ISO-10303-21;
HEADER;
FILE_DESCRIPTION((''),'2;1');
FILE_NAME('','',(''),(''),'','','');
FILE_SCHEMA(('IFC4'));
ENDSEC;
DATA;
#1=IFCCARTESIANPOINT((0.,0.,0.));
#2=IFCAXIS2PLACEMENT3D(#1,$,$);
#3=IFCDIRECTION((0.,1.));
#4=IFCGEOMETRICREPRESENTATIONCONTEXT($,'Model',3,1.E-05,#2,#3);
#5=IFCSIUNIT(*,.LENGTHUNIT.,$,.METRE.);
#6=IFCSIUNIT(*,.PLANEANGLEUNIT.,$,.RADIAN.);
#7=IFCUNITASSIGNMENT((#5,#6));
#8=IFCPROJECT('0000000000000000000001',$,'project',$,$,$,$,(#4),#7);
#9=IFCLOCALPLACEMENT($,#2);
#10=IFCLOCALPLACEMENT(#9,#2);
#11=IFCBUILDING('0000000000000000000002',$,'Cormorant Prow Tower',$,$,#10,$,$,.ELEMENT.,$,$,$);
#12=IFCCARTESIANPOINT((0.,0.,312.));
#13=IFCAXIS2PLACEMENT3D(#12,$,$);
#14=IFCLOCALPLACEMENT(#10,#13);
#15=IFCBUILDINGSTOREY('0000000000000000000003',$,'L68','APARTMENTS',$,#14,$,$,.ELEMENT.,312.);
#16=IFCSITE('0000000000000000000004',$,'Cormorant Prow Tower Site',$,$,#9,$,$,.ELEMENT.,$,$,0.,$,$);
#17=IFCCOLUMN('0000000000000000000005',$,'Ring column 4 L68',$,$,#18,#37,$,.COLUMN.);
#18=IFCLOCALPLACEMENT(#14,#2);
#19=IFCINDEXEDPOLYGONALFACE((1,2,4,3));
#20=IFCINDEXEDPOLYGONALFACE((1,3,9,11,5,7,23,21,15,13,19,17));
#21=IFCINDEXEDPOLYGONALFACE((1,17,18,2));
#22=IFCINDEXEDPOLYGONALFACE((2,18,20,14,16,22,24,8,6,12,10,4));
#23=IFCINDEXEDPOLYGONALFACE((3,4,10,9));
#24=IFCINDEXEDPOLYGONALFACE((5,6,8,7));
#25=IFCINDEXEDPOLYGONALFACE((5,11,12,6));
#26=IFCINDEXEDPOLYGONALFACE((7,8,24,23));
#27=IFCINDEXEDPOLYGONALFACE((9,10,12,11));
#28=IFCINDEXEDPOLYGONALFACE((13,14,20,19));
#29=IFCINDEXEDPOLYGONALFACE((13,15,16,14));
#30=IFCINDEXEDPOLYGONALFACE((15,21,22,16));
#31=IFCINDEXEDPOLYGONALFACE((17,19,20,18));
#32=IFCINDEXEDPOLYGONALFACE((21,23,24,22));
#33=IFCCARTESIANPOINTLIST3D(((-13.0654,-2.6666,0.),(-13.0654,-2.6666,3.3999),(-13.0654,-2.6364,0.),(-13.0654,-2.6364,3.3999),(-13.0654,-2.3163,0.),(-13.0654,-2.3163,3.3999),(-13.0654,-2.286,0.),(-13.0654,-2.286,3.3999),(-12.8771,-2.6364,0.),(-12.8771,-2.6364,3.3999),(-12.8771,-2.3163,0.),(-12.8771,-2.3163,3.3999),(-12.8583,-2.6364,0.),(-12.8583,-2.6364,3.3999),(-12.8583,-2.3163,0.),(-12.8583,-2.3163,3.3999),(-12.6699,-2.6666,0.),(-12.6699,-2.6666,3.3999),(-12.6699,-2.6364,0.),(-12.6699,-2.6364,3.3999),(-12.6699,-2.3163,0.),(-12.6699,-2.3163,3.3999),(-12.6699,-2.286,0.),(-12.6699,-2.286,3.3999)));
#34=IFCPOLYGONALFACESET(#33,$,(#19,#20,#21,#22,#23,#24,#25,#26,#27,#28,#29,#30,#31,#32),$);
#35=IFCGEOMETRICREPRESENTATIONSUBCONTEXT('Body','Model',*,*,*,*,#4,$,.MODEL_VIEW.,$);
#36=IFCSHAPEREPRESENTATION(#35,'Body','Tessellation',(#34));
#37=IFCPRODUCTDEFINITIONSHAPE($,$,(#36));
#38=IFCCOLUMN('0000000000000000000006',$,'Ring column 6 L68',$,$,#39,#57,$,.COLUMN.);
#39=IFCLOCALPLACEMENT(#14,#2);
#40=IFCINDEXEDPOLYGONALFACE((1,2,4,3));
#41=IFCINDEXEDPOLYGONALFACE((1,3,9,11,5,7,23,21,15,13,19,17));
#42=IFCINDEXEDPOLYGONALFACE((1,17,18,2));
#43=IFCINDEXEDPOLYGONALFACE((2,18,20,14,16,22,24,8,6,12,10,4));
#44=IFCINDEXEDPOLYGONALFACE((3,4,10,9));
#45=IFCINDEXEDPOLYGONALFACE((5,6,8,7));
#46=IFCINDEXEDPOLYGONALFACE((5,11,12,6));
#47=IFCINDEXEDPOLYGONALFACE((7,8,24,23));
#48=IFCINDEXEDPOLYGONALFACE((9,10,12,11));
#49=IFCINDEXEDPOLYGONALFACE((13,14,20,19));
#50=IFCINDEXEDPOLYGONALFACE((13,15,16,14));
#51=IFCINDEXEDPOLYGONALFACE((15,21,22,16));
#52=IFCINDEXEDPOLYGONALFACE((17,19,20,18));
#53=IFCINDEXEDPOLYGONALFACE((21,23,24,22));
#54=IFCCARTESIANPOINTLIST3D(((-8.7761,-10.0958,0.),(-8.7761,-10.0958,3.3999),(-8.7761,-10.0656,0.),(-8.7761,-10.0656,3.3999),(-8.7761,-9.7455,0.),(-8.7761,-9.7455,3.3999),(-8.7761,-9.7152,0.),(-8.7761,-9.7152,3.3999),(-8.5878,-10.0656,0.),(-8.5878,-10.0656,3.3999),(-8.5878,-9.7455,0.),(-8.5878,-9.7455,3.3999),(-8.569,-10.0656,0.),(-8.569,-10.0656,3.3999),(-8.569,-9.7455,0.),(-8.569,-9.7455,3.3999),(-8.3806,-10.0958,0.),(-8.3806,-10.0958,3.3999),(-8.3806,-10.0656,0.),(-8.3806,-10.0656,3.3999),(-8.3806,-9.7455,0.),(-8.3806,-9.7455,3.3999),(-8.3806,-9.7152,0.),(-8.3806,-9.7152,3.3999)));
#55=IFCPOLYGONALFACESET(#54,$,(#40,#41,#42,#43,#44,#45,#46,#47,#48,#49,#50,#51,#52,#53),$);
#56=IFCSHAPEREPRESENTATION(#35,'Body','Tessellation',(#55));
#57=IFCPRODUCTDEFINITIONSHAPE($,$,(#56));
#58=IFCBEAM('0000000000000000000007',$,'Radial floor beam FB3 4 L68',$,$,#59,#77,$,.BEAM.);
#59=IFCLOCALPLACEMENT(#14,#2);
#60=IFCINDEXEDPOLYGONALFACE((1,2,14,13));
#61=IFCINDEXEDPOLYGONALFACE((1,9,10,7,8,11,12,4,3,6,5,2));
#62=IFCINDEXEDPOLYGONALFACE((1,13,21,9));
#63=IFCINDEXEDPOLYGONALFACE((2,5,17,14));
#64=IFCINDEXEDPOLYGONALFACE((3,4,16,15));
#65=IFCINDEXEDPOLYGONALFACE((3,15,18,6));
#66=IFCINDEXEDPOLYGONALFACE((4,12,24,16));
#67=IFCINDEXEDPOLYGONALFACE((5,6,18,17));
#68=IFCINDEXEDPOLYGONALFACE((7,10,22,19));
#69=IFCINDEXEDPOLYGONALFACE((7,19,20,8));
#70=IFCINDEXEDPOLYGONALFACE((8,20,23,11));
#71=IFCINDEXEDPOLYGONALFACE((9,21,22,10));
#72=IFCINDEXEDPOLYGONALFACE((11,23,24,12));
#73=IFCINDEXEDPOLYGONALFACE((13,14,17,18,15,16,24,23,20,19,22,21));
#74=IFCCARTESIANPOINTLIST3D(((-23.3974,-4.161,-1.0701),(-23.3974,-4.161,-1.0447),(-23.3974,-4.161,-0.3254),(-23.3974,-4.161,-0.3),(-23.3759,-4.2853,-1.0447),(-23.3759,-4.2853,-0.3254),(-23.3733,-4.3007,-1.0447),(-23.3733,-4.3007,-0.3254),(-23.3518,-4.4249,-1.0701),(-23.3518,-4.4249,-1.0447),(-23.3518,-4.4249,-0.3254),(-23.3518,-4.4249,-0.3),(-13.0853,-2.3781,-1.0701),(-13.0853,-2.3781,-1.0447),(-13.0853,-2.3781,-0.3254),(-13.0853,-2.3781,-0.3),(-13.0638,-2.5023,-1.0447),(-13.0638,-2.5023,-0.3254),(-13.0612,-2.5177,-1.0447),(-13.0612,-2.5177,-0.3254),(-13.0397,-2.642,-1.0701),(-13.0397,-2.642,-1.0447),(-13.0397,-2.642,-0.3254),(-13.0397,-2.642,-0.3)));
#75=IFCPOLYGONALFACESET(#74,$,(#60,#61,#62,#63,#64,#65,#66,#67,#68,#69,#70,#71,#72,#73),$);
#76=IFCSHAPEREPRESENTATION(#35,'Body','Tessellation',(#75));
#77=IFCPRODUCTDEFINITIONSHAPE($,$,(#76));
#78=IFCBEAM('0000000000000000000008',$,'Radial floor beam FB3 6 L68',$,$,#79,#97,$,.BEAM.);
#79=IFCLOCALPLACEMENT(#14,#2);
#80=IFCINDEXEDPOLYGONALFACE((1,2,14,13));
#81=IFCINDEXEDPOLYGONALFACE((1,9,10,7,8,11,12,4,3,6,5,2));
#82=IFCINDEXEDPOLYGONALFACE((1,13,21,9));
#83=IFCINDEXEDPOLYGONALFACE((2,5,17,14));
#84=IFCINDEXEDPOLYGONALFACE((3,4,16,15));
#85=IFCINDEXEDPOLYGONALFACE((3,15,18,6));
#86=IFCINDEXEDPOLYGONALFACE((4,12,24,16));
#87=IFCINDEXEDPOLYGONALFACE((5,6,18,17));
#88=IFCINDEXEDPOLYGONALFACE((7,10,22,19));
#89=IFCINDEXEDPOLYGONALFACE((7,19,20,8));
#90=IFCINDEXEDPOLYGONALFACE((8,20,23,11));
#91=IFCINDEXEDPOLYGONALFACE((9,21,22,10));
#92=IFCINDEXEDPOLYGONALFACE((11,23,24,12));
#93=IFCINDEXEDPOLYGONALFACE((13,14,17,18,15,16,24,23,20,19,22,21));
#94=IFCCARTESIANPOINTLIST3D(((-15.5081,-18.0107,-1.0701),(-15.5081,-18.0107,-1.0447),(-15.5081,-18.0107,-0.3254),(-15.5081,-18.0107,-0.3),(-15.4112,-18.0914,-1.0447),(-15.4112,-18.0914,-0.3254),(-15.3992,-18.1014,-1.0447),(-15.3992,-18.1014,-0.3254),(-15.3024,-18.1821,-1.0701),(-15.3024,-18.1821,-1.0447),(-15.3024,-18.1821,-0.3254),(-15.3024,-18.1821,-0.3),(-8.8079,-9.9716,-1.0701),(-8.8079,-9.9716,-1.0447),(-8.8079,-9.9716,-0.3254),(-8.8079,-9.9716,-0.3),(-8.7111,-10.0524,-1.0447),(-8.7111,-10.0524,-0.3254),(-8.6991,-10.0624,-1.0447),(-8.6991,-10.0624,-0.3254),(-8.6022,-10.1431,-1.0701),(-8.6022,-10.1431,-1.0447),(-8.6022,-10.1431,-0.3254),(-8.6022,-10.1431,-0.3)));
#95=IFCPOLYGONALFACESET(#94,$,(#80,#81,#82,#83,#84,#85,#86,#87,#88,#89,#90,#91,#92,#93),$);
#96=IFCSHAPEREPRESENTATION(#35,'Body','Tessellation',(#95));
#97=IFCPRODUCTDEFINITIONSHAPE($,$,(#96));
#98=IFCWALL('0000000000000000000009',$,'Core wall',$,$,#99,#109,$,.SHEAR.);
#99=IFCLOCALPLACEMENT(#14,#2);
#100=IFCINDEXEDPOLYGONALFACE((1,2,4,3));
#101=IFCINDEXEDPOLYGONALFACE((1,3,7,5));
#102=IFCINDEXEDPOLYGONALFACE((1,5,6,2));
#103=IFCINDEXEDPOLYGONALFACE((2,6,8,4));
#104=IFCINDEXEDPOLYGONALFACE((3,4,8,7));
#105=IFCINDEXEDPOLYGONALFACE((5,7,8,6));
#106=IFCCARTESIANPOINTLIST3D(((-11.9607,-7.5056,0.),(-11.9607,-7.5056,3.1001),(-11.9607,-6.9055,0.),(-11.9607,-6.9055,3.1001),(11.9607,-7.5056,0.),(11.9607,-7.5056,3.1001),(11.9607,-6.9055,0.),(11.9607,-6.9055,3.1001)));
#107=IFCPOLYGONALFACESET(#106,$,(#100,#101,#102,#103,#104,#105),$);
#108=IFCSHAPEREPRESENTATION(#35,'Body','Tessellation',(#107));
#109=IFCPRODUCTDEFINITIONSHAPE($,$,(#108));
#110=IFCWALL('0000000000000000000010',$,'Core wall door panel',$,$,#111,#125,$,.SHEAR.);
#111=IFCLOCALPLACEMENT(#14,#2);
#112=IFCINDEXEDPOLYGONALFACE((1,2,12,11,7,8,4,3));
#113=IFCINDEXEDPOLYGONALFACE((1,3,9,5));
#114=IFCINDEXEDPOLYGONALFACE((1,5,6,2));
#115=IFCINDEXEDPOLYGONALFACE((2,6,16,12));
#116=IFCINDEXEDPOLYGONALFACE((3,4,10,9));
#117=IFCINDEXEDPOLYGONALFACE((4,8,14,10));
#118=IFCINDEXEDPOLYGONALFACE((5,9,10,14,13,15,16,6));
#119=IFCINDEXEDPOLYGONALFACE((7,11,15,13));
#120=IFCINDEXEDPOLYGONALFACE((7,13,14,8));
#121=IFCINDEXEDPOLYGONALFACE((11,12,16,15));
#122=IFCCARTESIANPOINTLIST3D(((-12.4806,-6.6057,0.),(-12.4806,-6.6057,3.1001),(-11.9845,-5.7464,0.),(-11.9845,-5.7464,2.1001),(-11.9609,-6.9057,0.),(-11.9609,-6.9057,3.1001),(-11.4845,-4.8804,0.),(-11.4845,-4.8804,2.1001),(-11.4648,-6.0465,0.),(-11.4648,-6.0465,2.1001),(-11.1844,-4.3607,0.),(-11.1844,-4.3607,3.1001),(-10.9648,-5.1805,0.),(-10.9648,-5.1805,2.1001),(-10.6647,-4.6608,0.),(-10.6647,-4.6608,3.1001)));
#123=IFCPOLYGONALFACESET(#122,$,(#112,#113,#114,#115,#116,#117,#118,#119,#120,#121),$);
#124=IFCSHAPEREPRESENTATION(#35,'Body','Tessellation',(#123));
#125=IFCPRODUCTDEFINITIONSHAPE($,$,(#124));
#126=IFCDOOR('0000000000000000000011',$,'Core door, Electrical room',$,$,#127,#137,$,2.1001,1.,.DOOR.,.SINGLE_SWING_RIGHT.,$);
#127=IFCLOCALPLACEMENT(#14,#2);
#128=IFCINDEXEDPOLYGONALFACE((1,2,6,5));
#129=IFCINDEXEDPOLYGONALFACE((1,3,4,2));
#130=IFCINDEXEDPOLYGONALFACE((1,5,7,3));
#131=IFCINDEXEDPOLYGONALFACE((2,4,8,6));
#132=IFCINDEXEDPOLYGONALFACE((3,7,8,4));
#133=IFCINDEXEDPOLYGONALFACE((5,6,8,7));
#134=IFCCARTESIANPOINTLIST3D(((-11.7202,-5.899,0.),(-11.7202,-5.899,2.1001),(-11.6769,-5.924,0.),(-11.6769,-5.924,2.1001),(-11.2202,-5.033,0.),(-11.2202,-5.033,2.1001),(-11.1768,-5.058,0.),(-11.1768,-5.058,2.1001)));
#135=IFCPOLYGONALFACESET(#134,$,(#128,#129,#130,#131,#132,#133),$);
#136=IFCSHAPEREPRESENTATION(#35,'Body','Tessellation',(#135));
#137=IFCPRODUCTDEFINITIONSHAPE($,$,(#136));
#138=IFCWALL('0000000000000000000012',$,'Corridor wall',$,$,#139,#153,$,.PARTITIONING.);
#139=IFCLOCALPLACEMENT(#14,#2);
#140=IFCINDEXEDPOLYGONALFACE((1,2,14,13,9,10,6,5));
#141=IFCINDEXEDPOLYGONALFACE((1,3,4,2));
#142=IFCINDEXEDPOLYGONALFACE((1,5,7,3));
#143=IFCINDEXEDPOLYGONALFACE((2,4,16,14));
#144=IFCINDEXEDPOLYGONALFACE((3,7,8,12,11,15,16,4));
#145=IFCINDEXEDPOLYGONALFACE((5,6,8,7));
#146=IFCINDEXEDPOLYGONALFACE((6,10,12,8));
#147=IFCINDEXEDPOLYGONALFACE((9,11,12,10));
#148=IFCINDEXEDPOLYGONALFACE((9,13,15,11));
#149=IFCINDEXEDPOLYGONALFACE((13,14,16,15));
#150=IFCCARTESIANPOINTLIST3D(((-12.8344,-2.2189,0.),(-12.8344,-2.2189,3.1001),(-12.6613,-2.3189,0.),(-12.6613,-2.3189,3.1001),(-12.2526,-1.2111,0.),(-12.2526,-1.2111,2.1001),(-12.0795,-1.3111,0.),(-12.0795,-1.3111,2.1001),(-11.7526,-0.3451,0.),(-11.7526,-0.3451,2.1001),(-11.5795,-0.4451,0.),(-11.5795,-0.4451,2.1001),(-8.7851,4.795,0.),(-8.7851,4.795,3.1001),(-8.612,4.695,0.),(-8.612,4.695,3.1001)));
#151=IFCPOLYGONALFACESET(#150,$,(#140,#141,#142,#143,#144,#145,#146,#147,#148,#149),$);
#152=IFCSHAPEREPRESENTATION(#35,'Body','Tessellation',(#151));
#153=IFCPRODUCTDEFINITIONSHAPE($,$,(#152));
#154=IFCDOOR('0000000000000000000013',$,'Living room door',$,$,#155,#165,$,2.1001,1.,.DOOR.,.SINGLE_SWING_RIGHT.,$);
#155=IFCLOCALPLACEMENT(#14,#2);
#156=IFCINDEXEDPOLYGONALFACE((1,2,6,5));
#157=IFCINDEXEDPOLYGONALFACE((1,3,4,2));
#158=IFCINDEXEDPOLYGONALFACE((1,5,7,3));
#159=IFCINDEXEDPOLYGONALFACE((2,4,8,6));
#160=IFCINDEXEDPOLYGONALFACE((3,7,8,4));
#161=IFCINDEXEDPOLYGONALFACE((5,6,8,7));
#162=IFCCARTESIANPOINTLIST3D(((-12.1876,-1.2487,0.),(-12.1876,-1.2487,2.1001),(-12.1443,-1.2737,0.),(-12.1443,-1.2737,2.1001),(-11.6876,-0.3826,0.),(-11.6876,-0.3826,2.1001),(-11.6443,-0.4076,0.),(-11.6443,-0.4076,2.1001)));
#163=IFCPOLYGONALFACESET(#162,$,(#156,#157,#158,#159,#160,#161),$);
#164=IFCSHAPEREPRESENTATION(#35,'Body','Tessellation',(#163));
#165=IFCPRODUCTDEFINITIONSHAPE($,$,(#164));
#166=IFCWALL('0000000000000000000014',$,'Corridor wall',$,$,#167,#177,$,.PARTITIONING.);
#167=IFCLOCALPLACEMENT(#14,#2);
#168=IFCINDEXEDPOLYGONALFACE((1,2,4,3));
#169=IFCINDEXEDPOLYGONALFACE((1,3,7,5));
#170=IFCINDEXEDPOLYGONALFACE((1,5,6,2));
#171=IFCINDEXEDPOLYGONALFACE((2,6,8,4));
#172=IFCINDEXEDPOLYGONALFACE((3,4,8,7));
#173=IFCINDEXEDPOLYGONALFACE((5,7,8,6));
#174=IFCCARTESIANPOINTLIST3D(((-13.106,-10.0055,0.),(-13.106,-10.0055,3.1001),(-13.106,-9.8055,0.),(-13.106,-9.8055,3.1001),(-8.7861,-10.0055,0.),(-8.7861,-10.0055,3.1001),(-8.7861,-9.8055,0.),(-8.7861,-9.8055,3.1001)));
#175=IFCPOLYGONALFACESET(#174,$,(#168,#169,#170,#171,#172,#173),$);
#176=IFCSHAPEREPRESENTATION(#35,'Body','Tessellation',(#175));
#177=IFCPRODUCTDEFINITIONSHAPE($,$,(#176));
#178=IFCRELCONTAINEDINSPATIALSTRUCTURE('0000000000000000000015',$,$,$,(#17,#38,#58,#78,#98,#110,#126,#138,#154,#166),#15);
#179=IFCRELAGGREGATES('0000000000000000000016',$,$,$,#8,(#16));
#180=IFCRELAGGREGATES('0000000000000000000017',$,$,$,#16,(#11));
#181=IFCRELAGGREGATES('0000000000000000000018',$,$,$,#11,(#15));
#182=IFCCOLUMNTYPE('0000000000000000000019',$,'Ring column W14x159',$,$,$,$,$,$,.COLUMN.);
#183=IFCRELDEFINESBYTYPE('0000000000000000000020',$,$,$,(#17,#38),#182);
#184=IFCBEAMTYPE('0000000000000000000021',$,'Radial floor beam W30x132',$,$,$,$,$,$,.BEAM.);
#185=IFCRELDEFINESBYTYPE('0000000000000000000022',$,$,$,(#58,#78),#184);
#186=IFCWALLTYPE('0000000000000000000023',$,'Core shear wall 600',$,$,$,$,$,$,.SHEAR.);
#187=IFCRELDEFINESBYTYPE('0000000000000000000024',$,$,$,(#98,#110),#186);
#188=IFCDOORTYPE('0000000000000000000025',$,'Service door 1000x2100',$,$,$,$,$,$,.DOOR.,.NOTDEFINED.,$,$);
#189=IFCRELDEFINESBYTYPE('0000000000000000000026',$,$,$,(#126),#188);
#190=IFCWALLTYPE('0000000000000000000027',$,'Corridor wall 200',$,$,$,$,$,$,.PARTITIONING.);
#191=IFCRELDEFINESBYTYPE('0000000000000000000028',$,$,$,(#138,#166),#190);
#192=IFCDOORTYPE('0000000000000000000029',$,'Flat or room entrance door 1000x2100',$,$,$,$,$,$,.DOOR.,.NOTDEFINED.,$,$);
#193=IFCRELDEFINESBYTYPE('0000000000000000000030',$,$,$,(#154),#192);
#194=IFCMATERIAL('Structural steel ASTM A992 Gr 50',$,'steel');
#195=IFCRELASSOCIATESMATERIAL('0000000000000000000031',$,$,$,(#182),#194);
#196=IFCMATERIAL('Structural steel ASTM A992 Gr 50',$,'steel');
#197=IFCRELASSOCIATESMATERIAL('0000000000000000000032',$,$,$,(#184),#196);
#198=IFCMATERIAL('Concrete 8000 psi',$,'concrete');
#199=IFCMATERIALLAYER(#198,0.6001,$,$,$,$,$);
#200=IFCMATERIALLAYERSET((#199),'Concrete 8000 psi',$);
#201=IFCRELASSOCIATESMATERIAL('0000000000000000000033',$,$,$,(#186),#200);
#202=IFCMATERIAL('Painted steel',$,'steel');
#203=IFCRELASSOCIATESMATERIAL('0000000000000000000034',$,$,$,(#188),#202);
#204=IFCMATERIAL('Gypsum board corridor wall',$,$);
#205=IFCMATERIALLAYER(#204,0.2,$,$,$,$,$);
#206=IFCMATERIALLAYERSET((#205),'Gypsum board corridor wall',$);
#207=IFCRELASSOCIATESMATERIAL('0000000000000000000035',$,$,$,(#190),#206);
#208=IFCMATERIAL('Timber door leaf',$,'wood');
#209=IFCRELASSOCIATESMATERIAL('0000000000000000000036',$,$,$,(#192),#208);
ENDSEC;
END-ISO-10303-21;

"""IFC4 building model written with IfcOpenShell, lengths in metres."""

from ifc_helpers import new_model, si_unit, direction, frame, frame_2d, origin, origin_2d, place, context, subcontext, project, spatial, rectangle, i_section, extrude, material, layer, layer_set, material_profile, profile_set, type_object, element, fill, save


model = new_model("IFC4")

# Units and contexts
model_context = context("Model", 3, precision=1e-05, world=origin(), true_north=direction((0.0, 1.0)))
body_context = subcontext(model_context, "Body", "Model", "MODEL_VIEW")
ifc_project = project(units=[si_unit("LENGTHUNIT", "METRE"), si_unit("PLANEANGLEUNIT", "RADIAN")], contexts=[model_context])

# Site, building, storey
site_placement = place(None, origin())
site = spatial("IfcSite", under=ifc_project, at=site_placement, Name="Cormorant Prow Tower Site", CompositionType="ELEMENT", RefElevation=0.0)
building_placement = place(site_placement, origin())
building = spatial("IfcBuilding", under=site, at=building_placement, Name="Cormorant Prow Tower", CompositionType="ELEMENT")
storey_placement = place(building_placement, frame((0.0, 0.0, 312.0)))
storey = spatial("IfcBuildingStorey", under=building, at=storey_placement, Name="L68", Description="APARTMENTS", CompositionType="ELEMENT", Elevation=312.0)

# Columns
ifc_material_1 = material(Name="Structural steel ASTM A992 Gr 50", Category="steel")
ifc_material_profile_1 = material_profile(ifc_material_1, i_section(OverallWidth=0.3955, OverallDepth=0.3806, WebThickness=0.0188, FlangeThickness=0.0303, at=origin_2d()), Name="W14x159")
ifc_profile_set_1 = profile_set([ifc_material_profile_1], Name="Structural steel ASTM A992 Gr 50")
column_type = type_object("IfcColumnType", Name="Ring column W14x159", PredefinedType="COLUMN", material=ifc_profile_set_1)
for number, where, z_axis, x_axis, name in (
    (1, (-12.8677, -2.4763, 0.0), (0.0, 0.0, 1.0), (1.0, 0.0, 0.0), "Ring column 4 L68"),
    (2, (-8.5784, -9.9055, 0.0), (0.0, 0.0, 1.0), (1.0, 0.0, 0.0), "Ring column 6 L68"),
):
    element("IfcColumn", number, at=place(storey_placement, frame(where, z_axis=z_axis, x_axis=x_axis)), inside=storey, type_object=column_type, Name=name, PredefinedType="COLUMN", context=body_context, shape_type="SweptSolid", body=[
        extrude(i_section(OverallWidth=0.3955, OverallDepth=0.3806, WebThickness=0.0188, FlangeThickness=0.0303, at=origin_2d()), origin(), (0.0, 0.0, 1.0), 3.3999),
    ])

# Beams
ifc_material_2 = material(Name="Structural steel ASTM A992 Gr 50", Category="steel")
ifc_material_profile_2 = material_profile(ifc_material_2, i_section(OverallWidth=0.2678, OverallDepth=0.77, WebThickness=0.0156, FlangeThickness=0.0254, at=origin_2d()), Name="W30x132")
ifc_profile_set_2 = profile_set([ifc_material_profile_2], Name="Structural steel ASTM A992 Gr 50")
beam_type = type_object("IfcBeamType", Name="Radial floor beam W30x132", PredefinedType="BEAM", material=ifc_profile_set_2)
for number, where, z_axis, x_axis, name in (
    (3, (-13.0625, -2.51, -0.6851), (-0.98538, -0.170373, 0.0), (0.170373, -0.98538, 0.0), "Radial floor beam FB3 4 L68"),
    (4, (-8.7051, -10.0574, -0.6851), (-0.640239, -0.768175, 0.0), (0.768175, -0.640239, 0.0), "Radial floor beam FB3 6 L68"),
):
    element("IfcBeam", number, at=place(storey_placement, frame(where, z_axis=z_axis, x_axis=x_axis)), inside=storey, type_object=beam_type, Name=name, PredefinedType="BEAM", context=body_context, shape_type="SweptSolid", body=[
        extrude(i_section(OverallWidth=0.2678, OverallDepth=0.77, WebThickness=0.0156, FlangeThickness=0.0254, at=origin_2d()), origin(), (0.0, 0.0, 1.0), 10.4651),
    ])

# Wall
ifc_material_3 = material(Name="Concrete 8000 psi", Category="concrete")
ifc_layer_1 = layer(ifc_material_3, 0.6001)
ifc_layer_set_1 = layer_set([ifc_layer_1], Name="Concrete 8000 psi")
wall_type_1 = type_object("IfcWallType", Name="Core shear wall 600", PredefinedType="SHEAR", material=ifc_layer_set_1)
wall_1_placement = place(storey_placement, frame((-11.9607, -7.2056, 0.0), z_axis=(0.0, 0.0, 1.0), x_axis=(1.0, 0.0, 0.0)))
element("IfcWall", 5, at=wall_1_placement, inside=storey, type_object=wall_type_1, Name="Core wall", PredefinedType="SHEAR", context=body_context, shape_type="SweptSolid", body=[
    extrude(rectangle(XDim=23.9214, YDim=0.6001, at=frame_2d((11.9607, 0.0))), origin(), (0.0, 0.0, 1.0), 3.1001),
])

# Walls, openings, doors
wall_2_placement = place(storey_placement, frame((-10.9246, -4.5107, 0.0), z_axis=(0.0, 0.0, 1.0), x_axis=(-0.500019, -0.866015, 0.0)))
wall_2 = element("IfcWall", 6, at=wall_2_placement, inside=storey, type_object=wall_type_1, Name="Core wall door panel", PredefinedType="SHEAR", context=body_context, shape_type="SweptSolid", body=[
    extrude(rectangle(XDim=2.5923, YDim=0.6001, at=frame_2d((1.2961, 0.0))), origin(), (0.0, 0.0, 1.0), 3.1001),
])
opening_1_placement = place(wall_2_placement, frame((0.6001, 0.0, 0.0)))
opening_1 = element("IfcOpeningElement", 7, at=opening_1_placement, cuts=wall_2, PredefinedType="OPENING", context=body_context, shape_type="SweptSolid", body=[
    extrude(rectangle(XDim=1.0, YDim=2.1001, at=frame_2d((0.5, 1.05))), frame((0.0, 0.3101, 0.0), z_axis=(0.0, -1.0, 0.0), x_axis=(1.0, 0.0, 0.0)), (0.0, 0.0, 1.0), 0.6201),
])
ifc_material_4 = material(Name="Painted steel", Category="steel")
door_type_1 = type_object("IfcDoorType", Name="Service door 1000x2100", OperationType="NOTDEFINED", PredefinedType="DOOR", material=ifc_material_4)
door_1_placement = place(opening_1_placement, origin())
door_1 = element("IfcDoor", 8, at=door_1_placement, inside=storey, type_object=door_type_1, Name="Core door, Electrical room", OperationType="SINGLE_SWING_RIGHT", OverallHeight=2.1001, OverallWidth=1.0, PredefinedType="DOOR", context=body_context, shape_type="SweptSolid", body=[
    extrude(rectangle(XDim=1.0, YDim=2.1001, at=frame_2d((0.5, 1.05))), frame((0.0, 0.0552, 0.0), z_axis=(0.0, -1.0, 0.0), x_axis=(1.0, 0.0, 0.0)), (0.0, 0.0, 1.0), 0.05),
])
fill(opening_1, door_1)
ifc_material_5 = material(Name="Gypsum board corridor wall")
ifc_layer_2 = layer(ifc_material_5, 0.2)
ifc_layer_set_2 = layer_set([ifc_layer_2], Name="Gypsum board corridor wall")
wall_type_2 = type_object("IfcWallType", Name="Corridor wall 200", PredefinedType="PARTITIONING", material=ifc_layer_set_2)
wall_3_placement = place(storey_placement, frame((-12.7478, -2.2688, 0.0), z_axis=(0.0, 0.0, 1.0), x_axis=(0.499984, 0.866034, 0.0)))
wall_3 = element("IfcWall", 9, at=wall_3_placement, inside=storey, type_object=wall_type_2, Name="Corridor wall", PredefinedType="PARTITIONING", context=body_context, shape_type="SweptSolid", body=[
    extrude(rectangle(XDim=8.0989, YDim=0.2, at=frame_2d((4.0493, 0.0))), origin(), (0.0, 0.0, 1.0), 3.1001),
])
opening_2_placement = place(wall_3_placement, frame((1.1636, 0.0, 0.0)))
opening_2 = element("IfcOpeningElement", 10, at=opening_2_placement, cuts=wall_3, PredefinedType="OPENING", context=body_context, shape_type="SweptSolid", body=[
    extrude(rectangle(XDim=1.0, YDim=2.1001, at=frame_2d((0.5, 1.05))), frame((0.0, 0.1099, 0.0), z_axis=(0.0, -1.0, 0.0), x_axis=(1.0, 0.0, 0.0)), (0.0, 0.0, 1.0), 0.22),
])
ifc_material_6 = material(Name="Timber door leaf", Category="wood")
door_type_2 = type_object("IfcDoorType", Name="Flat or room entrance door 1000x2100", OperationType="NOTDEFINED", PredefinedType="DOOR", material=ifc_material_6)
door_2_placement = place(opening_2_placement, origin())
door_2 = element("IfcDoor", 11, at=door_2_placement, inside=storey, type_object=door_type_2, Name="Living room door", OperationType="SINGLE_SWING_RIGHT", OverallHeight=2.1001, OverallWidth=1.0, PredefinedType="DOOR", context=body_context, shape_type="SweptSolid", body=[
    extrude(rectangle(XDim=1.0, YDim=2.1001, at=frame_2d((0.5, 1.05))), frame((0.0, 0.0249, 0.0), z_axis=(0.0, -1.0, 0.0), x_axis=(1.0, 0.0, 0.0)), (0.0, 0.0, 1.0), 0.05),
])
fill(opening_2, door_2)

# Wall
wall_4_placement = place(storey_placement, frame((-13.106, -9.9055, 0.0), z_axis=(0.0, 0.0, 1.0), x_axis=(1.0, 0.0, 0.0)))
element("IfcWall", 12, at=wall_4_placement, inside=storey, type_object=wall_type_2, Name="Corridor wall", PredefinedType="PARTITIONING", context=body_context, shape_type="SweptSolid", body=[
    extrude(rectangle(XDim=4.3198, YDim=0.2, at=frame_2d((2.1599, 0.0))), origin(), (0.0, 0.0, 1.0), 3.1001),
])

save(model, "model.ifc")
